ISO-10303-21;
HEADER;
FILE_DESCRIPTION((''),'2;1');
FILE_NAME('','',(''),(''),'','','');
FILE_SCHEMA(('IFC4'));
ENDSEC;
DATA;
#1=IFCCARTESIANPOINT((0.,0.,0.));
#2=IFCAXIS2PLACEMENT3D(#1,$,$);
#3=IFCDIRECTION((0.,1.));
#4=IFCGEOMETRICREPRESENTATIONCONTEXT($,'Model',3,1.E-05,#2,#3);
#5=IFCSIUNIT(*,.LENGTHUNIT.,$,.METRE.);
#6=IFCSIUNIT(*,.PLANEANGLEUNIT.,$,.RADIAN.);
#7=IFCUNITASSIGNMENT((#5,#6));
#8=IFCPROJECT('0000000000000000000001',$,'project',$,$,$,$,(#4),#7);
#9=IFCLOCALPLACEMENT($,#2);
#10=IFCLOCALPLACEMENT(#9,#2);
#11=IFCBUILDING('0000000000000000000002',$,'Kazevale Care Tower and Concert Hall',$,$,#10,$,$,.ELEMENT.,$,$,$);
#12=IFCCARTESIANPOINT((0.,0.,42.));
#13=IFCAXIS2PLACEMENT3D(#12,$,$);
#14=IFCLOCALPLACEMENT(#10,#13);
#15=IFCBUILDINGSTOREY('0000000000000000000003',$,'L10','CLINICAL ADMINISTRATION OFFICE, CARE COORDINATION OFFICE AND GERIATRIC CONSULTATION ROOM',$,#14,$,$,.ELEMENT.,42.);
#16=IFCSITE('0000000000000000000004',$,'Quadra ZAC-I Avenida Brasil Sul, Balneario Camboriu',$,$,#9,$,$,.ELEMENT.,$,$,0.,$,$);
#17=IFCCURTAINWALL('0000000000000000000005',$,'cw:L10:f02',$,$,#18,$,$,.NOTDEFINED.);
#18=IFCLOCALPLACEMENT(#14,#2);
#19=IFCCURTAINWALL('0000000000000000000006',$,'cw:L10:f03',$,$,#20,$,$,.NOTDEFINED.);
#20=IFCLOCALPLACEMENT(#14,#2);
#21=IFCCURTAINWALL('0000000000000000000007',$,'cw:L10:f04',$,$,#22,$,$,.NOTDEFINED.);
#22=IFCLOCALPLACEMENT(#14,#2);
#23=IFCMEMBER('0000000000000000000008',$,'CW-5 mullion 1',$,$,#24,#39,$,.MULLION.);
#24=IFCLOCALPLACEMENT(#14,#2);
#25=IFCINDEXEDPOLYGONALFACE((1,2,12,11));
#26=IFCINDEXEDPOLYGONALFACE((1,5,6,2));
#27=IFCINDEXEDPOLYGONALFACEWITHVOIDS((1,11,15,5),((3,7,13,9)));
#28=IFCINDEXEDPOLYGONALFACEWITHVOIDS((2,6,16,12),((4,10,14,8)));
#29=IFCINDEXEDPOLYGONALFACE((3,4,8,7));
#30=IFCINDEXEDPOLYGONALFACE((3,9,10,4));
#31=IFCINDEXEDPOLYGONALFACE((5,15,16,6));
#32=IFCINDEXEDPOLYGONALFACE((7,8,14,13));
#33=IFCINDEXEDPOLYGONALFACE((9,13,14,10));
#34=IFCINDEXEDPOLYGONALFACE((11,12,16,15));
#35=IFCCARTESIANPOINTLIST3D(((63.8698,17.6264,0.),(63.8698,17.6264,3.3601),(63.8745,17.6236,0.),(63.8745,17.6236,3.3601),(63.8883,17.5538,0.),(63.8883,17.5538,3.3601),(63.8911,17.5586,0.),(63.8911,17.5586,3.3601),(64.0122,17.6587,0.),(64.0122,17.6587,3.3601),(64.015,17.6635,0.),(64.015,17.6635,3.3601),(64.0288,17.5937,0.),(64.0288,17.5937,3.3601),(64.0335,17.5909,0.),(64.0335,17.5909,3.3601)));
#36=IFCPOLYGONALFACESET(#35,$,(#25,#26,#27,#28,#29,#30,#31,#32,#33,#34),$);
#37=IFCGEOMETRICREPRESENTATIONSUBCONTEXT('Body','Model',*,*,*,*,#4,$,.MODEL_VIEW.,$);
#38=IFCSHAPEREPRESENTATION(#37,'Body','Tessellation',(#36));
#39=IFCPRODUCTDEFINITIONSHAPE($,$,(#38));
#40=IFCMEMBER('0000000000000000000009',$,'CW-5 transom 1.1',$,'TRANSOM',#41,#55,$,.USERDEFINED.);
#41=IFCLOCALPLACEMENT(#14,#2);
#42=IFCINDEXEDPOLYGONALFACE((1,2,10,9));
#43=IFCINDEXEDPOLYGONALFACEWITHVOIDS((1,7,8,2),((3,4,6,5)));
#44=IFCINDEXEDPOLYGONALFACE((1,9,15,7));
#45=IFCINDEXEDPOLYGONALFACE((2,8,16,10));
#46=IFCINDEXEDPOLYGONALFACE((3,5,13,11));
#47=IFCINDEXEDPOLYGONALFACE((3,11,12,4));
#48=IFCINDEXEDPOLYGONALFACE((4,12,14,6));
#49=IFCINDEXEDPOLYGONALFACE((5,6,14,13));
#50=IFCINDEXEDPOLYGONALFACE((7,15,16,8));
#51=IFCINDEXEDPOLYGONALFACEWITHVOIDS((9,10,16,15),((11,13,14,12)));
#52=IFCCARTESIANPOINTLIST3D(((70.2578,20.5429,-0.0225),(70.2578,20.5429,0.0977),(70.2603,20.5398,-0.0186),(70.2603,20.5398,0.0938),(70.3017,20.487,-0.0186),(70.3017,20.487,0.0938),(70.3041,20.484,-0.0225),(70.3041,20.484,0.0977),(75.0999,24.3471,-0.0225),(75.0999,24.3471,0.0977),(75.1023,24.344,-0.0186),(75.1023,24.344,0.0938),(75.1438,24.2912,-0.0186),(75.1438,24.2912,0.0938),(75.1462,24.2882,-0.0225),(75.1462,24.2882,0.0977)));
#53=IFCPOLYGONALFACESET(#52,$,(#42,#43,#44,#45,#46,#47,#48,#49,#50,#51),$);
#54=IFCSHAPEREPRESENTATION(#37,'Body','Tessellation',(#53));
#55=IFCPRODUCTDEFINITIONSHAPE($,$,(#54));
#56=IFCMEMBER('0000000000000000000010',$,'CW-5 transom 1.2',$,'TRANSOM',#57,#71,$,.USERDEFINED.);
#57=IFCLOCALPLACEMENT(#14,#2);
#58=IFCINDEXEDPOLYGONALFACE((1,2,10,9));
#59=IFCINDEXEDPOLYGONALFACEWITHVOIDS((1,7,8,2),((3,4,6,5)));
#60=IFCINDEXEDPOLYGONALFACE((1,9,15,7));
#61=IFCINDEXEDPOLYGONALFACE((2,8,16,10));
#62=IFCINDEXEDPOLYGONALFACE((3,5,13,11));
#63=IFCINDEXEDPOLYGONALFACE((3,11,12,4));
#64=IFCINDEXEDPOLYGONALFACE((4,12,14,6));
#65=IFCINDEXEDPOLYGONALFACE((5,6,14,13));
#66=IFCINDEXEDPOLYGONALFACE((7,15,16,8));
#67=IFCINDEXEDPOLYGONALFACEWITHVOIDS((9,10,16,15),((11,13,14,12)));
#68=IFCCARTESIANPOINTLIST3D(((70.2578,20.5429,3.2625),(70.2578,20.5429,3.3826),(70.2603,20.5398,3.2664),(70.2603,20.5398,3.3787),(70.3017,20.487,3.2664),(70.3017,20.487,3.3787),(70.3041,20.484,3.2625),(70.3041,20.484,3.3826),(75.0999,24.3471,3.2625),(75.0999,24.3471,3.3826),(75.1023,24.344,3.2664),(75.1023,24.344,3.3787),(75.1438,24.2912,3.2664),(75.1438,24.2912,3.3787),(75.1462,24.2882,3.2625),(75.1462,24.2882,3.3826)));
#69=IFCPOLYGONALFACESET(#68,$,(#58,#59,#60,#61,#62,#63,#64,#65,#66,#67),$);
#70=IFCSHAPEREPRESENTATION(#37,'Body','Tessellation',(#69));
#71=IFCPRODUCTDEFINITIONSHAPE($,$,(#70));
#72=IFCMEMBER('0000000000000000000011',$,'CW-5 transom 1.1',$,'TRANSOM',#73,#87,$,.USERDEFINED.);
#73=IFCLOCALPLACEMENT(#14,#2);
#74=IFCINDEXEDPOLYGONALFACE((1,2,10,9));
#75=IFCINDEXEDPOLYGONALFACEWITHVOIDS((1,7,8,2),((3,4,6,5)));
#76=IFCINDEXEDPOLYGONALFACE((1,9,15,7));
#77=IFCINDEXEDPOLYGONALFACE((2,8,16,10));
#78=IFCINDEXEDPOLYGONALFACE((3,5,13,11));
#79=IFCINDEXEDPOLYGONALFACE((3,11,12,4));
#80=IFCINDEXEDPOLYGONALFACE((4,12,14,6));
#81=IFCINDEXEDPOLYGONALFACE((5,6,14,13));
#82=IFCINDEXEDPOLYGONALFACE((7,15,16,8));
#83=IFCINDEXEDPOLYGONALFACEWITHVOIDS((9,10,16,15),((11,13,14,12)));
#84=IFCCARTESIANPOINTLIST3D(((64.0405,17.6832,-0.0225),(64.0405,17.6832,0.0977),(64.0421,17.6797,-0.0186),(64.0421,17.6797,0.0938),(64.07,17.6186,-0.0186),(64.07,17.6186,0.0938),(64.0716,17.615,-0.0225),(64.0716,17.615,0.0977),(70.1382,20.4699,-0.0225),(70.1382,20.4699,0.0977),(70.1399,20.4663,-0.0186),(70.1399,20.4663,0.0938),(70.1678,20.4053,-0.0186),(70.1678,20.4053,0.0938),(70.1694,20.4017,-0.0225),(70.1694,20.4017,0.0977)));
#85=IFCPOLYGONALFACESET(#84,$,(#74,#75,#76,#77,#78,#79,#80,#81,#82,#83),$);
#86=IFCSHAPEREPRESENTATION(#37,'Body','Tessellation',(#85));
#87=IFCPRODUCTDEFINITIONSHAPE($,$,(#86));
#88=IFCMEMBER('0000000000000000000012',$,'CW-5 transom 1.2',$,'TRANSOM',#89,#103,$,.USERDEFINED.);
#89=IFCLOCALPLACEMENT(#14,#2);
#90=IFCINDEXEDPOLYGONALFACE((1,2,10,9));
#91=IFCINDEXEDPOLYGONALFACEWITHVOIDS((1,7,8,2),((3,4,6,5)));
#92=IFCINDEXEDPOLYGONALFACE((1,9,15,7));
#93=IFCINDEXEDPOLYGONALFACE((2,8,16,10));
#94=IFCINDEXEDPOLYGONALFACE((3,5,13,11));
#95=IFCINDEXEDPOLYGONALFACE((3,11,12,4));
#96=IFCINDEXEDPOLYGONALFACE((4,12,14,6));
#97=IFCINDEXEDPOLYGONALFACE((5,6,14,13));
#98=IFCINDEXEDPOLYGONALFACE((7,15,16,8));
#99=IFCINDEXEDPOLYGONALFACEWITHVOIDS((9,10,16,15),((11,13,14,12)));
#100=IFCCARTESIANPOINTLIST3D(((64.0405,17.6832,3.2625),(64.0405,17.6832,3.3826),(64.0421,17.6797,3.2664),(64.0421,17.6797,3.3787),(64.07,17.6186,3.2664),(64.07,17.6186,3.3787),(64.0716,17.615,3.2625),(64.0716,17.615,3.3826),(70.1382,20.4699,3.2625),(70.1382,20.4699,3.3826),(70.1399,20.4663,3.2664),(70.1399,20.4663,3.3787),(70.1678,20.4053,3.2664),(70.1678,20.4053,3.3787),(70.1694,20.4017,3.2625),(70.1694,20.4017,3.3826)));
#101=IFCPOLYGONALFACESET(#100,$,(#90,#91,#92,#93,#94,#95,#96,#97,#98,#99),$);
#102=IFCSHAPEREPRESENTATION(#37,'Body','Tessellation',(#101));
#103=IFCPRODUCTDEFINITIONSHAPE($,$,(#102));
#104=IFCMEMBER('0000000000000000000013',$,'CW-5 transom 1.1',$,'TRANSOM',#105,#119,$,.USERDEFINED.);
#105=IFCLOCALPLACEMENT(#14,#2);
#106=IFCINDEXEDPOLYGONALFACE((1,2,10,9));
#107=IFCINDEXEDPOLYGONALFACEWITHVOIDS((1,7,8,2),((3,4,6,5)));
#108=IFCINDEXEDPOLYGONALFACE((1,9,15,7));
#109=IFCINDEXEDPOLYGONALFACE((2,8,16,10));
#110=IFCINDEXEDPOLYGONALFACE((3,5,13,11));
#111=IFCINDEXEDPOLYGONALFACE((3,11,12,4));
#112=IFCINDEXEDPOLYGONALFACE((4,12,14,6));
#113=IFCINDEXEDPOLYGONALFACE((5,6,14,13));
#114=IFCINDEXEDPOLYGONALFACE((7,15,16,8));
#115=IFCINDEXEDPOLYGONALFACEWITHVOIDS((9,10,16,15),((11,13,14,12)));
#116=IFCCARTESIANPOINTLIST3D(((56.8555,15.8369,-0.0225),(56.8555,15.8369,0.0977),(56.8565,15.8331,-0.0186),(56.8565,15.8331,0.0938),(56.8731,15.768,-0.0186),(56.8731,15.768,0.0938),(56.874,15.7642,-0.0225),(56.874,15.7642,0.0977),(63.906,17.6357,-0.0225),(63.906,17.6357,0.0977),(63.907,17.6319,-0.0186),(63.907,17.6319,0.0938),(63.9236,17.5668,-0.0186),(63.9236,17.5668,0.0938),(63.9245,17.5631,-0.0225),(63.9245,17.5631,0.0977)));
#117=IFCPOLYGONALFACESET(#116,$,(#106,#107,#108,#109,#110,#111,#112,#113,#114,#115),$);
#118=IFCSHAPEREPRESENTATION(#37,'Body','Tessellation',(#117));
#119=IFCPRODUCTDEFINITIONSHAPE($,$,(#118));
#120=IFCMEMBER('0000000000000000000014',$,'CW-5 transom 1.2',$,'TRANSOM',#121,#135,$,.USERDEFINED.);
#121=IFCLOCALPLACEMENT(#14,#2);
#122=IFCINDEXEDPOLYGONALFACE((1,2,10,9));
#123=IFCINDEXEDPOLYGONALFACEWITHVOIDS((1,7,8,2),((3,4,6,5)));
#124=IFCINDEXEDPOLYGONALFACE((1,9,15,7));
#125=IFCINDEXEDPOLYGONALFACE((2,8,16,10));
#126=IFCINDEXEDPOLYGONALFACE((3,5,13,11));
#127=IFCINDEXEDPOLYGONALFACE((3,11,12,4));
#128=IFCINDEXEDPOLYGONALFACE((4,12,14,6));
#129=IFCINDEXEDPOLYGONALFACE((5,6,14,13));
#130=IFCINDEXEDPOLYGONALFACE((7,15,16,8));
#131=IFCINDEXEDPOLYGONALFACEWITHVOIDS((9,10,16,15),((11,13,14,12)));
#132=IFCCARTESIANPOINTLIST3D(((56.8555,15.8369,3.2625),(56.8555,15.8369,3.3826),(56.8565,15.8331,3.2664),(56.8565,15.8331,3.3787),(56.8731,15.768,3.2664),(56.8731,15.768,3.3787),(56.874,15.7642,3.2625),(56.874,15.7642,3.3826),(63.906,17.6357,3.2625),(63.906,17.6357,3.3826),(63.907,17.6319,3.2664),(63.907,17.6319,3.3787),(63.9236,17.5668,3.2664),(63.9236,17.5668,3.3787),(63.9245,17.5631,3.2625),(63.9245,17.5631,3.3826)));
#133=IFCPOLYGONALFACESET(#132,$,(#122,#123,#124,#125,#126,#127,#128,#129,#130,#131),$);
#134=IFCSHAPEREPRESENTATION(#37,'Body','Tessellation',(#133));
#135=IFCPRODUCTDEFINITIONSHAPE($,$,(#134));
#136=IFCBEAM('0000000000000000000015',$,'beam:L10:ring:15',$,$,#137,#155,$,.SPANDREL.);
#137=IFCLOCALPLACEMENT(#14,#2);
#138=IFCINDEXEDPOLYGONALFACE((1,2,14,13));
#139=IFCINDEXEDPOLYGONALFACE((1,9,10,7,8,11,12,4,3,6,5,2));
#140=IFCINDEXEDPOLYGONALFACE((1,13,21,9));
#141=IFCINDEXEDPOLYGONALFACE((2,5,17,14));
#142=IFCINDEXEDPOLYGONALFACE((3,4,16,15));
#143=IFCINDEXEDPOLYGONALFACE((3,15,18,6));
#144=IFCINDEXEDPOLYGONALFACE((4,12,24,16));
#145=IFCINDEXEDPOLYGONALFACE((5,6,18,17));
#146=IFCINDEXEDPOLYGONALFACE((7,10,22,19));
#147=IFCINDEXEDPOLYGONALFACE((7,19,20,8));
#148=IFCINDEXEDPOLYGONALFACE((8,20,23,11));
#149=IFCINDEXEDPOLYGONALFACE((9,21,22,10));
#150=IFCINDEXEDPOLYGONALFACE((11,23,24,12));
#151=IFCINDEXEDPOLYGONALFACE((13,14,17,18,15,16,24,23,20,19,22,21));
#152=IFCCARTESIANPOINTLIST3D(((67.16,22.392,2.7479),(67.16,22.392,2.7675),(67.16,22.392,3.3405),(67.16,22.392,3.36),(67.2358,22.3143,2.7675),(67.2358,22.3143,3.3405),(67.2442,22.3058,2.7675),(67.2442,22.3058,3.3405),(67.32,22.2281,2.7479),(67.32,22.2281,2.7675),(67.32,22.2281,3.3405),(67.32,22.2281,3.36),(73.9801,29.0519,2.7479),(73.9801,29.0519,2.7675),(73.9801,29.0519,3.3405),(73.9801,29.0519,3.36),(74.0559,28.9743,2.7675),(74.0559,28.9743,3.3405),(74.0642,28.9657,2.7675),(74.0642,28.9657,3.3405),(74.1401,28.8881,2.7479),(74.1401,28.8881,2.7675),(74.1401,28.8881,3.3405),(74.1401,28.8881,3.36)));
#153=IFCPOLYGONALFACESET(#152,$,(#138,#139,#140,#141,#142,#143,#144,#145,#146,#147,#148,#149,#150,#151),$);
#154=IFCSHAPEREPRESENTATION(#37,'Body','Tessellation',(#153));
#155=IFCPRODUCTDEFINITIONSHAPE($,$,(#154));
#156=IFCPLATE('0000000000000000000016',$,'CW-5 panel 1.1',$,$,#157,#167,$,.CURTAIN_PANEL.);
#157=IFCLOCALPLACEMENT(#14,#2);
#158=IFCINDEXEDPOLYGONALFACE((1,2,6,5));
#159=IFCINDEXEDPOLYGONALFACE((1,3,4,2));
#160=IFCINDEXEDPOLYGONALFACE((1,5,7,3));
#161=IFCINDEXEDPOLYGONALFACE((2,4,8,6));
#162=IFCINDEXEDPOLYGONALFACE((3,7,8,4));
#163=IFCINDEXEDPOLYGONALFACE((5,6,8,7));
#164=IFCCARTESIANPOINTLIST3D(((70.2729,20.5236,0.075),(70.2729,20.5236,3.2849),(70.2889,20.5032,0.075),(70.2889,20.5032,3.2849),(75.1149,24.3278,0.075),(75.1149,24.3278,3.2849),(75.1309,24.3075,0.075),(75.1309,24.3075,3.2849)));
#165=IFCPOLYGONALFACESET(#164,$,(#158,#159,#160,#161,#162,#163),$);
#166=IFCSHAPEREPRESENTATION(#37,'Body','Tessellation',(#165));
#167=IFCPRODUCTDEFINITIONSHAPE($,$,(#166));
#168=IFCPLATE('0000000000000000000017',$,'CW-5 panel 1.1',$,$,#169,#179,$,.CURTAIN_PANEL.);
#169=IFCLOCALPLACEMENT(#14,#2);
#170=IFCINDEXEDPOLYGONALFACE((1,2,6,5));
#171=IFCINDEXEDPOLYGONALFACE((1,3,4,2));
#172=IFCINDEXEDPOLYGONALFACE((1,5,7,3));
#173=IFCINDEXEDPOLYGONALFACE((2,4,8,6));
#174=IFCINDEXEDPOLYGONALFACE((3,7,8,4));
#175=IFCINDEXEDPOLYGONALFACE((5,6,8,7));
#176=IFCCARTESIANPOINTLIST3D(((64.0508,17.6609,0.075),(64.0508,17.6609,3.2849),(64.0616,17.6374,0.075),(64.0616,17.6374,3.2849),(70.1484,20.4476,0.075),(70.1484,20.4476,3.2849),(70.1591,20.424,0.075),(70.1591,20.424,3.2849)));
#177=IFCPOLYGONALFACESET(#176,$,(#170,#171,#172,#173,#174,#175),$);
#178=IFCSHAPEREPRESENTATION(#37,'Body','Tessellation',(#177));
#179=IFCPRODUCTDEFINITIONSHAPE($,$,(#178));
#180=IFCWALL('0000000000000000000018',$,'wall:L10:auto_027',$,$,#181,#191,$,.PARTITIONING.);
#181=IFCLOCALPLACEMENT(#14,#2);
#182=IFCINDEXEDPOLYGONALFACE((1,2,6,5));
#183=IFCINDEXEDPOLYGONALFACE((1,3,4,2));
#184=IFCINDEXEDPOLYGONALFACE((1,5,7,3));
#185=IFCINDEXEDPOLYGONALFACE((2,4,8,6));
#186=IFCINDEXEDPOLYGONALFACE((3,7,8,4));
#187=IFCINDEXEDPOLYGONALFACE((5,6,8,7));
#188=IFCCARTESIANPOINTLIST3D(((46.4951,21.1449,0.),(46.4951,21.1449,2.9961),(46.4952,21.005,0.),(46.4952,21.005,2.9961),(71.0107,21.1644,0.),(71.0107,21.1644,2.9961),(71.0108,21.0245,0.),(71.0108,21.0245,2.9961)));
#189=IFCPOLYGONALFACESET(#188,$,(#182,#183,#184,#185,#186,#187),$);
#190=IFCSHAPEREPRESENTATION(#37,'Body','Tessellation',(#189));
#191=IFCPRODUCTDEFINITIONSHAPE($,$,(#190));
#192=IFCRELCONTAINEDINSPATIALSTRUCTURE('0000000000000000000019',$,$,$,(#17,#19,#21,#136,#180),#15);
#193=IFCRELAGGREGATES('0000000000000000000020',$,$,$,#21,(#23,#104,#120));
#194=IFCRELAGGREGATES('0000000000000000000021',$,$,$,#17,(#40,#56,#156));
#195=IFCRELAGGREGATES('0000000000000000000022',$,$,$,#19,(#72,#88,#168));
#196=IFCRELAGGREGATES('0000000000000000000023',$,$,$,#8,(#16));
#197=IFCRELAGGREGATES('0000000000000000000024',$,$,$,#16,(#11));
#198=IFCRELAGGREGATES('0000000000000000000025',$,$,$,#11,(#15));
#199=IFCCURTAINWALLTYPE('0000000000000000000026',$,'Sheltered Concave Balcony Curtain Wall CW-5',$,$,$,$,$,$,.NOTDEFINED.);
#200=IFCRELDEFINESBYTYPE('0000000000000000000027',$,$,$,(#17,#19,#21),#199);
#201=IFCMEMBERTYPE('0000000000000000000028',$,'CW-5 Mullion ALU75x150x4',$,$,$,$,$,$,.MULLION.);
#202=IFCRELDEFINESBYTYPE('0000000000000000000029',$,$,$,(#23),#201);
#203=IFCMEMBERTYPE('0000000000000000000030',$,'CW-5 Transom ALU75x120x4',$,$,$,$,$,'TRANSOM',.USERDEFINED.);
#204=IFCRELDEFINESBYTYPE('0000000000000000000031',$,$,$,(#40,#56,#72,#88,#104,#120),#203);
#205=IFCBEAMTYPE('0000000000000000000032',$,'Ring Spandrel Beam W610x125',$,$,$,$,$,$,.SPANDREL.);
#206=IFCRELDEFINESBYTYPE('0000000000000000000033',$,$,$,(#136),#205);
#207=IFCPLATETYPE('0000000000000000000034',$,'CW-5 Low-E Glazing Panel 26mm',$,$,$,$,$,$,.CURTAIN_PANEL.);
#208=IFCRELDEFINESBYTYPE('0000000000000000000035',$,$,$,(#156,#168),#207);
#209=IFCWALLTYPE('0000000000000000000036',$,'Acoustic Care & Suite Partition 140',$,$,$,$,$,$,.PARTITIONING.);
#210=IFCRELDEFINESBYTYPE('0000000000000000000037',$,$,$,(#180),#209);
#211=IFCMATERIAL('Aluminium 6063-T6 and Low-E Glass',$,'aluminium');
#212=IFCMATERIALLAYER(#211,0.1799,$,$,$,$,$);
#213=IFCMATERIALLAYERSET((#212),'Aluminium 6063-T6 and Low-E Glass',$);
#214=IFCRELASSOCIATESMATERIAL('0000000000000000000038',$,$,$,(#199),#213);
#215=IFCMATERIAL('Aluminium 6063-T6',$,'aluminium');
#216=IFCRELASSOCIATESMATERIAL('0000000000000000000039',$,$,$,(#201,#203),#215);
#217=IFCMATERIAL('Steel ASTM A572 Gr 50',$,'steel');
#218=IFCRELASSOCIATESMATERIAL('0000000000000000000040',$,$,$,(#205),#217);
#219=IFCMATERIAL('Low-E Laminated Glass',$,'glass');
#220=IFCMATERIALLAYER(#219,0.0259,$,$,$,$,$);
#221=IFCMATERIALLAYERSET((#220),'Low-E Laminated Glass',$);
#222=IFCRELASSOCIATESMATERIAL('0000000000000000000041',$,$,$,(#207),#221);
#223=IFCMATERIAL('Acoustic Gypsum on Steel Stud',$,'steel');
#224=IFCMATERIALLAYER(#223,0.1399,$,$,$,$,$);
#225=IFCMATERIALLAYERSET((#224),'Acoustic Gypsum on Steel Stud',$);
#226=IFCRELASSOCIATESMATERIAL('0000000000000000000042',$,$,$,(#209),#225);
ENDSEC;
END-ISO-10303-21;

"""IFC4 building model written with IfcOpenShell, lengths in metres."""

from ifc_helpers import new_model, si_unit, direction, frame, frame_2d, origin, origin_2d, place, context, subcontext, project, spatial, rectangle, hollow_rectangle, i_section, extrude, material, layer, layer_set, material_profile, profile_set, type_object, element, aggregate, save


model = new_model("IFC4")

# Units and contexts
model_context = context("Model", 3, precision=1e-05, world=origin(), true_north=direction((0.0, 1.0)))
body_context = subcontext(model_context, "Body", "Model", "MODEL_VIEW")
ifc_project = project(units=[si_unit("LENGTHUNIT", "METRE"), si_unit("PLANEANGLEUNIT", "RADIAN")], contexts=[model_context])

# Site, building, storey
site_placement = place(None, origin())
site = spatial("IfcSite", under=ifc_project, at=site_placement, Name="Quadra ZAC-I Avenida Brasil Sul, Balneario Camboriu", CompositionType="ELEMENT", RefElevation=0.0)
building_placement = place(site_placement, origin())
building = spatial("IfcBuilding", under=site, at=building_placement, Name="Kazevale Care Tower and Concert Hall", CompositionType="ELEMENT")
storey_placement = place(building_placement, frame((0.0, 0.0, 42.0)))
storey = spatial("IfcBuildingStorey", under=building, at=storey_placement, Name="L10", Description="CLINICAL ADMINISTRATION OFFICE, CARE COORDINATION OFFICE AND GERIATRIC CONSULTATION ROOM", CompositionType="ELEMENT", Elevation=42.0)

# Shared definitions
ifc_material_1 = material(Name="Aluminium 6063-T6 and Low-E Glass", Category="aluminium")
ifc_material_2 = material(Name="Aluminium 6063-T6", Category="aluminium")

# Curtain walls
ifc_layer_1 = layer(ifc_material_1, 0.1799)
ifc_layer_set_1 = layer_set([ifc_layer_1], Name="Aluminium 6063-T6 and Low-E Glass")
curtain_wall_type_1 = type_object("IfcCurtainWallType", Name="Sheltered Concave Balcony Curtain Wall CW-5", PredefinedType="NOTDEFINED", material=ifc_layer_set_1)
curtain_wall_1_placement = place(storey_placement, origin())
curtain_wall_1 = element("IfcCurtainWall", 1, at=curtain_wall_1_placement, inside=storey, type_object=curtain_wall_type_1, Name="cw:L10:f02", PredefinedType="NOTDEFINED")
ifc_material_profile_1 = material_profile(ifc_material_2, hollow_rectangle(XDim=0.075, YDim=0.1499, WallThickness=0.0039, at=origin_2d()), Name="ALU75x150x4")
ifc_profile_set_1 = profile_set([ifc_material_profile_1], Name="Aluminium 6063-T6")
member_type_1 = type_object("IfcMemberType", Name="CW-5 Mullion ALU75x150x4", PredefinedType="MULLION", material=ifc_profile_set_1)
curtain_wall_2_placement = place(storey_placement, origin())
curtain_wall_2 = element("IfcCurtainWall", 2, at=curtain_wall_2_placement, inside=storey, type_object=curtain_wall_type_1, Name="cw:L10:f03", PredefinedType="NOTDEFINED")

# Curtain wall, member
curtain_wall_3_placement = place(storey_placement, origin())
curtain_wall_3 = element("IfcCurtainWall", 3, at=curtain_wall_3_placement, inside=storey, type_object=curtain_wall_type_1, Name="cw:L10:f04", PredefinedType="NOTDEFINED")
member_1_placement = place(storey_placement, frame((63.9517, 17.6086, 0.0), z_axis=(0.0, 0.0, 1.0), x_axis=(0.247222, -0.968959, 0.0)))
member_1 = element("IfcMember", 4, at=member_1_placement, type_object=member_type_1, Name="CW-5 mullion 1", PredefinedType="MULLION", context=body_context, shape_type="SweptSolid", body=[
    extrude(hollow_rectangle(XDim=0.075, YDim=0.1499, WallThickness=0.0039, at=origin_2d()), origin(), (0.0, 0.0, 1.0), 3.3601),
])

# Members
ifc_material_profile_2 = material_profile(ifc_material_2, hollow_rectangle(XDim=0.075, YDim=0.1201, WallThickness=0.0039, at=origin_2d()), Name="ALU75x120x4")
ifc_profile_set_2 = profile_set([ifc_material_profile_2], Name="Aluminium 6063-T6")
member_type_2 = type_object("IfcMemberType", Name="CW-5 Transom ALU75x120x4", ElementType="TRANSOM", PredefinedType="USERDEFINED", material=ifc_profile_set_2)
member_2_placement = place(storey_placement, frame((75.123, 24.3176, 0.0376), z_axis=(-0.786339, -0.617795, 0.0), x_axis=(0.617795, -0.786339, 0.0)))
member_2 = element("IfcMember", 5, at=member_2_placement, type_object=member_type_2, Name="CW-5 transom 1.1", ObjectType="TRANSOM", PredefinedType="USERDEFINED", context=body_context, shape_type="SweptSolid", body=[
    extrude(hollow_rectangle(XDim=0.075, YDim=0.1201, WallThickness=0.0039, at=origin_2d()), origin(), (0.0, 0.0, 1.0), 6.1577),
])
member_3_placement = place(storey_placement, frame((75.123, 24.3176, 3.3225), z_axis=(-0.786339, -0.617795, 0.0), x_axis=(0.617795, -0.786339, 0.0)))
member_3 = element("IfcMember", 6, at=member_3_placement, type_object=member_type_2, Name="CW-5 transom 1.2", ObjectType="TRANSOM", PredefinedType="USERDEFINED", context=body_context, shape_type="SweptSolid", body=[
    extrude(hollow_rectangle(XDim=0.075, YDim=0.1201, WallThickness=0.0039, at=origin_2d()), origin(), (0.0, 0.0, 1.0), 6.1577),
])
member_4_placement = place(storey_placement, frame((70.1538, 20.4358, 0.0376), z_axis=(-0.909524, -0.415651, 0.0), x_axis=(0.415651, -0.909524, 0.0)))
member_4 = element("IfcMember", 7, at=member_4_placement, type_object=member_type_2, Name="CW-5 transom 1.1", ObjectType="TRANSOM", PredefinedType="USERDEFINED", context=body_context, shape_type="SweptSolid", body=[
    extrude(hollow_rectangle(XDim=0.075, YDim=0.1201, WallThickness=0.0039, at=origin_2d()), origin(), (0.0, 0.0, 1.0), 6.7043),
])
member_5_placement = place(storey_placement, frame((70.1538, 20.4358, 3.3225), z_axis=(-0.909524, -0.415651, 0.0), x_axis=(0.415651, -0.909524, 0.0)))
member_5 = element("IfcMember", 8, at=member_5_placement, type_object=member_type_2, Name="CW-5 transom 1.2", ObjectType="TRANSOM", PredefinedType="USERDEFINED", context=body_context, shape_type="SweptSolid", body=[
    extrude(hollow_rectangle(XDim=0.075, YDim=0.1201, WallThickness=0.0039, at=origin_2d()), origin(), (0.0, 0.0, 1.0), 6.7043),
])
member_6_placement = place(storey_placement, frame((63.9153, 17.5994, 0.0376), z_axis=(-0.968961, -0.247214, 0.0), x_axis=(0.247214, -0.968961, 0.0)))
member_6 = element("IfcMember", 9, at=member_6_placement, type_object=member_type_2, Name="CW-5 transom 1.1", ObjectType="TRANSOM", PredefinedType="USERDEFINED", context=body_context, shape_type="SweptSolid", body=[
    extrude(hollow_rectangle(XDim=0.075, YDim=0.1201, WallThickness=0.0039, at=origin_2d()), origin(), (0.0, 0.0, 1.0), 7.2764),
])
member_7_placement = place(storey_placement, frame((63.9153, 17.5994, 3.3225), z_axis=(-0.968961, -0.247214, 0.0), x_axis=(0.247214, -0.968961, 0.0)))
member_7 = element("IfcMember", 10, at=member_7_placement, type_object=member_type_2, Name="CW-5 transom 1.2", ObjectType="TRANSOM", PredefinedType="USERDEFINED", context=body_context, shape_type="SweptSolid", body=[
    extrude(hollow_rectangle(XDim=0.075, YDim=0.1201, WallThickness=0.0039, at=origin_2d()), origin(), (0.0, 0.0, 1.0), 7.2764),
])
aggregate(curtain_wall_3, [member_1, member_6, member_7])

# Beam
ifc_material_3 = material(Name="Steel ASTM A572 Gr 50", Category="steel")
ifc_material_profile_3 = material_profile(ifc_material_3, i_section(OverallWidth=0.229, OverallDepth=0.6121, WebThickness=0.012, FlangeThickness=0.0195, at=origin_2d()), Name="W610x125")
ifc_profile_set_3 = profile_set([ifc_material_profile_3], Name="Steel ASTM A572 Gr 50")
beam_type = type_object("IfcBeamType", Name="Ring Spandrel Beam W610x125", PredefinedType="SPANDREL", material=ifc_profile_set_3)
beam_placement = place(storey_placement, frame((67.24, 22.3101, 3.054), z_axis=(0.715457, 0.698656, 0.0), x_axis=(-0.698656, 0.715457, 0.0)))
element("IfcBeam", 11, at=beam_placement, inside=storey, type_object=beam_type, Name="beam:L10:ring:15", PredefinedType="SPANDREL", context=body_context, shape_type="SweptSolid", body=[
    extrude(i_section(OverallWidth=0.229, OverallDepth=0.6121, WebThickness=0.012, FlangeThickness=0.0195, at=origin_2d()), origin(), (0.0, 0.0, 1.0), 9.5325),
])

# Plates
ifc_material_4 = material(Name="Low-E Laminated Glass", Category="glass")
ifc_layer_2 = layer(ifc_material_4, 0.0259)
ifc_layer_set_2 = layer_set([ifc_layer_2], Name="Low-E Laminated Glass")
plate_type = type_object("IfcPlateType", Name="CW-5 Low-E Glazing Panel 26mm", PredefinedType="CURTAIN_PANEL", material=ifc_layer_set_2)
plate_1_placement = place(storey_placement, frame((72.7019, 22.4155, 0.075), z_axis=(0.0, 0.0, 1.0), x_axis=(-0.786329, -0.617808, 0.0)))
plate_1 = element("IfcPlate", 12, at=plate_1_placement, type_object=plate_type, Name="CW-5 panel 1.1", PredefinedType="CURTAIN_PANEL", context=body_context, shape_type="SweptSolid", body=[
    extrude(rectangle(XDim=6.1577, YDim=0.0259, at=origin_2d()), origin(), (0.0, 0.0, 1.0), 3.21),
])
aggregate(curtain_wall_1, [member_2, member_3, plate_1])
plate_2_placement = place(storey_placement, frame((67.105, 19.0425, 0.075), z_axis=(0.0, 0.0, 1.0), x_axis=(-0.90952, -0.41566, 0.0)))
plate_2 = element("IfcPlate", 13, at=plate_2_placement, type_object=plate_type, Name="CW-5 panel 1.1", PredefinedType="CURTAIN_PANEL", context=body_context, shape_type="SweptSolid", body=[
    extrude(rectangle(XDim=6.7041, YDim=0.0259, at=origin_2d()), origin(), (0.0, 0.0, 1.0), 3.21),
])
aggregate(curtain_wall_2, [member_4, member_5, plate_2])

# Wall
ifc_material_5 = material(Name="Acoustic Gypsum on Steel Stud", Category="steel")
ifc_layer_3 = layer(ifc_material_5, 0.1399)
ifc_layer_set_3 = layer_set([ifc_layer_3], Name="Acoustic Gypsum on Steel Stud")
wall_type = type_object("IfcWallType", Name="Acoustic Care & Suite Partition 140", PredefinedType="PARTITIONING", material=ifc_layer_set_3)
wall_placement = place(storey_placement, frame((71.0107, 21.0945, 0.0), z_axis=(0.0, 0.0, 1.0), x_axis=(-1.0, -0.000797, 0.0)))
element("IfcWall", 14, at=wall_placement, inside=storey, type_object=wall_type, Name="wall:L10:auto_027", PredefinedType="PARTITIONING", context=body_context, shape_type="SweptSolid", body=[
    extrude(rectangle(XDim=24.5156, YDim=0.1399, at=frame_2d((12.2578, 0.0))), origin(), (0.0, 0.0, 1.0), 2.9961),
])

save(model, "model.ifc")
